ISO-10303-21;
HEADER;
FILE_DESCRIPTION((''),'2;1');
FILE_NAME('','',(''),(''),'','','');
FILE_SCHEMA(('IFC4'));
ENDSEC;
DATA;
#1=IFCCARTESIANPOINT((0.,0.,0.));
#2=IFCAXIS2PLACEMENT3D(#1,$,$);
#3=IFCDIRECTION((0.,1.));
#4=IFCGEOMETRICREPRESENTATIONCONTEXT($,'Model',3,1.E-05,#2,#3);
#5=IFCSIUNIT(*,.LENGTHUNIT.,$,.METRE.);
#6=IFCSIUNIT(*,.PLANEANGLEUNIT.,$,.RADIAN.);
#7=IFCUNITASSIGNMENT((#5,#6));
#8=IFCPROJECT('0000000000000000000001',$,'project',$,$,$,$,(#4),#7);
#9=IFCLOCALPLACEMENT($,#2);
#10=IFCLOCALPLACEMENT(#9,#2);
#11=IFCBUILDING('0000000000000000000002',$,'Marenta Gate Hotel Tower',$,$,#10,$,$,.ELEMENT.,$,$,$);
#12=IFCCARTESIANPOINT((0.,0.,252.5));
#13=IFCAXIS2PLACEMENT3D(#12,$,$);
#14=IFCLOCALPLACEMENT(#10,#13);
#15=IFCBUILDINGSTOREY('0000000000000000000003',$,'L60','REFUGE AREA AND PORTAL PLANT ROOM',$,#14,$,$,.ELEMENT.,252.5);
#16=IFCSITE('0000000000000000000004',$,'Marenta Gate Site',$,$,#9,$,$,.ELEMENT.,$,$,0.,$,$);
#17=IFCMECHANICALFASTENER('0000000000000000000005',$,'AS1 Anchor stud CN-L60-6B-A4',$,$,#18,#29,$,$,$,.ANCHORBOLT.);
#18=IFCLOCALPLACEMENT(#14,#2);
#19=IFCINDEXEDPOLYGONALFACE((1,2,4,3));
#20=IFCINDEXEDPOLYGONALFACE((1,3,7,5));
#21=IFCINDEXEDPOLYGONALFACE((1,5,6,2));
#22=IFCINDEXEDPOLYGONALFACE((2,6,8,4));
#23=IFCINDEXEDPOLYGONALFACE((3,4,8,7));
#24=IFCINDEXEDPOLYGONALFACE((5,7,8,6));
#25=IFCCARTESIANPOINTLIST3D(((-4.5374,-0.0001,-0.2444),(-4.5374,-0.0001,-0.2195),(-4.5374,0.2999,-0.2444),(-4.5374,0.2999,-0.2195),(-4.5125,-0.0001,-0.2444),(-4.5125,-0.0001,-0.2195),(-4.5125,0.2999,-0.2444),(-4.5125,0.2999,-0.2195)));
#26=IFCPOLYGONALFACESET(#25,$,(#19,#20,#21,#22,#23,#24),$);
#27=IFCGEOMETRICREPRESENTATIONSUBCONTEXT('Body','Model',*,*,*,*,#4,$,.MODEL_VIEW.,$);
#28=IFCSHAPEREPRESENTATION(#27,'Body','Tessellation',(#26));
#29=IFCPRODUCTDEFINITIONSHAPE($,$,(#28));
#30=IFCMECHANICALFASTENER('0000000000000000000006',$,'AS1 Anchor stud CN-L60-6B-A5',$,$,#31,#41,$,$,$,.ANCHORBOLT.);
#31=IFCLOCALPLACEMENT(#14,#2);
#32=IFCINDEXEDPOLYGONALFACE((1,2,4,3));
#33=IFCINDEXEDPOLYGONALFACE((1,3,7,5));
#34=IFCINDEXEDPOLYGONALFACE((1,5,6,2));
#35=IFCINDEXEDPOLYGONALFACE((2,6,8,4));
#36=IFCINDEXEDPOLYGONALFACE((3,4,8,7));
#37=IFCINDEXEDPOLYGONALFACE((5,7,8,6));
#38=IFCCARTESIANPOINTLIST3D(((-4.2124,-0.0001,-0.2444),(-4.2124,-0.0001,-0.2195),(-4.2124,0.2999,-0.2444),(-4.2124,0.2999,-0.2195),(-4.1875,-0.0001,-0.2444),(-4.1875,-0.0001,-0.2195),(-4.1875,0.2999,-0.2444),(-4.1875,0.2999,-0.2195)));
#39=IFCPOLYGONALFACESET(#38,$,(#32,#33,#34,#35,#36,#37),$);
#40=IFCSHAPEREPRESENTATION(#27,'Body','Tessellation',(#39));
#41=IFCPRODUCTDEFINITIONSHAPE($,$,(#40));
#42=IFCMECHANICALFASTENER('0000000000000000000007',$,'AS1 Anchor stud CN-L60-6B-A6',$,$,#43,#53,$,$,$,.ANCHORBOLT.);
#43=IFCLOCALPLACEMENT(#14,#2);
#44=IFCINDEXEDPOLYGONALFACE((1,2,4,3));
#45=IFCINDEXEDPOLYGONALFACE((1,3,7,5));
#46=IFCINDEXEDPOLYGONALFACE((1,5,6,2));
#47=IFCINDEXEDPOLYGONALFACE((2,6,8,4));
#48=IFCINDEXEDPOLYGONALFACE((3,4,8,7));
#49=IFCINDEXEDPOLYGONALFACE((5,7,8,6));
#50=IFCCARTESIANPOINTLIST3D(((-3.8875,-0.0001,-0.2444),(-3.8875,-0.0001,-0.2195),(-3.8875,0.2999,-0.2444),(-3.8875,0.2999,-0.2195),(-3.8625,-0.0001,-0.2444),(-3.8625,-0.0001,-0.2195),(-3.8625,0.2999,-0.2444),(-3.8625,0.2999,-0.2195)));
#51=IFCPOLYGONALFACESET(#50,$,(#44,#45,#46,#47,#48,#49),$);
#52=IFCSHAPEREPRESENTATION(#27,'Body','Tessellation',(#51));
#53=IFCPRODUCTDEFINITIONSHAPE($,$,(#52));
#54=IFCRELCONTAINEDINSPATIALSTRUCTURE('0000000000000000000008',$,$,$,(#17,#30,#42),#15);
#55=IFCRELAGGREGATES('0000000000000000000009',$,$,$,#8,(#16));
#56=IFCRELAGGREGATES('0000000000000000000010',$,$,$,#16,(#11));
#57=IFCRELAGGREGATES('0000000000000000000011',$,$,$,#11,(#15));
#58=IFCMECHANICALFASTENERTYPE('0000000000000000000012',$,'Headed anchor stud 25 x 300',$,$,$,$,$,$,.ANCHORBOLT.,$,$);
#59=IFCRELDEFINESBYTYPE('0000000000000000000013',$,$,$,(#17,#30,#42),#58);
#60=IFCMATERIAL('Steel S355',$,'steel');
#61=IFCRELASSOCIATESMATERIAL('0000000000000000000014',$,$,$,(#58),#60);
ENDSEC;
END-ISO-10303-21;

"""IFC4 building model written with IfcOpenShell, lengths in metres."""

from ifc_helpers import new_model, si_unit, direction, frame, origin, origin_2d, place, context, subcontext, project, spatial, rectangle, extrude, material, type_object, element, save


model = new_model("IFC4")

# Units and contexts
model_context = context("Model", 3, precision=1e-05, world=origin(), true_north=direction((0.0, 1.0)))
body_context = subcontext(model_context, "Body", "Model", "MODEL_VIEW")
ifc_project = project(units=[si_unit("LENGTHUNIT", "METRE"), si_unit("PLANEANGLEUNIT", "RADIAN")], contexts=[model_context])

# Site, building, storey
site_placement = place(None, origin())
site = spatial("IfcSite", under=ifc_project, at=site_placement, Name="Marenta Gate Site", CompositionType="ELEMENT", RefElevation=0.0)
building_placement = place(site_placement, origin())
building = spatial("IfcBuilding", under=site, at=building_placement, Name="Marenta Gate Hotel Tower", CompositionType="ELEMENT")
storey_placement = place(building_placement, frame((0.0, 0.0, 252.5)))
storey = spatial("IfcBuildingStorey", under=building, at=storey_placement, Name="L60", Description="REFUGE AREA AND PORTAL PLANT ROOM", CompositionType="ELEMENT", Elevation=252.5)

# Mechanical fasteners
ifc_material_1 = material(Name="Steel S355", Category="steel")
mechanical_fastener_type = type_object("IfcMechanicalFastenerType", Name="Headed anchor stud 25 x 300", PredefinedType="ANCHORBOLT", material=ifc_material_1)
for number, where, z_axis, x_axis, name in (
    (1, (-4.5249, 0.1499, -0.2444), (0.0, 0.0, 1.0), (1.0, 0.0, 0.0), "AS1 Anchor stud CN-L60-6B-A4"),
    (2, (-4.2, 0.1499, -0.2444), (0.0, 0.0, 1.0), (1.0, 0.0, 0.0), "AS1 Anchor stud CN-L60-6B-A5"),
    (3, (-3.875, 0.1499, -0.2444), (0.0, 0.0, 1.0), (1.0, 0.0, 0.0), "AS1 Anchor stud CN-L60-6B-A6"),
):
    element("IfcMechanicalFastener", number, at=place(storey_placement, frame(where, z_axis=z_axis, x_axis=x_axis)), inside=storey, type_object=mechanical_fastener_type, Name=name, PredefinedType="ANCHORBOLT", context=body_context, shape_type="SweptSolid", body=[
        extrude(rectangle(XDim=0.0249, YDim=0.3, at=origin_2d()), origin(), (0.0, 0.0, 1.0), 0.0249),
    ])

save(model, "model.ifc")
